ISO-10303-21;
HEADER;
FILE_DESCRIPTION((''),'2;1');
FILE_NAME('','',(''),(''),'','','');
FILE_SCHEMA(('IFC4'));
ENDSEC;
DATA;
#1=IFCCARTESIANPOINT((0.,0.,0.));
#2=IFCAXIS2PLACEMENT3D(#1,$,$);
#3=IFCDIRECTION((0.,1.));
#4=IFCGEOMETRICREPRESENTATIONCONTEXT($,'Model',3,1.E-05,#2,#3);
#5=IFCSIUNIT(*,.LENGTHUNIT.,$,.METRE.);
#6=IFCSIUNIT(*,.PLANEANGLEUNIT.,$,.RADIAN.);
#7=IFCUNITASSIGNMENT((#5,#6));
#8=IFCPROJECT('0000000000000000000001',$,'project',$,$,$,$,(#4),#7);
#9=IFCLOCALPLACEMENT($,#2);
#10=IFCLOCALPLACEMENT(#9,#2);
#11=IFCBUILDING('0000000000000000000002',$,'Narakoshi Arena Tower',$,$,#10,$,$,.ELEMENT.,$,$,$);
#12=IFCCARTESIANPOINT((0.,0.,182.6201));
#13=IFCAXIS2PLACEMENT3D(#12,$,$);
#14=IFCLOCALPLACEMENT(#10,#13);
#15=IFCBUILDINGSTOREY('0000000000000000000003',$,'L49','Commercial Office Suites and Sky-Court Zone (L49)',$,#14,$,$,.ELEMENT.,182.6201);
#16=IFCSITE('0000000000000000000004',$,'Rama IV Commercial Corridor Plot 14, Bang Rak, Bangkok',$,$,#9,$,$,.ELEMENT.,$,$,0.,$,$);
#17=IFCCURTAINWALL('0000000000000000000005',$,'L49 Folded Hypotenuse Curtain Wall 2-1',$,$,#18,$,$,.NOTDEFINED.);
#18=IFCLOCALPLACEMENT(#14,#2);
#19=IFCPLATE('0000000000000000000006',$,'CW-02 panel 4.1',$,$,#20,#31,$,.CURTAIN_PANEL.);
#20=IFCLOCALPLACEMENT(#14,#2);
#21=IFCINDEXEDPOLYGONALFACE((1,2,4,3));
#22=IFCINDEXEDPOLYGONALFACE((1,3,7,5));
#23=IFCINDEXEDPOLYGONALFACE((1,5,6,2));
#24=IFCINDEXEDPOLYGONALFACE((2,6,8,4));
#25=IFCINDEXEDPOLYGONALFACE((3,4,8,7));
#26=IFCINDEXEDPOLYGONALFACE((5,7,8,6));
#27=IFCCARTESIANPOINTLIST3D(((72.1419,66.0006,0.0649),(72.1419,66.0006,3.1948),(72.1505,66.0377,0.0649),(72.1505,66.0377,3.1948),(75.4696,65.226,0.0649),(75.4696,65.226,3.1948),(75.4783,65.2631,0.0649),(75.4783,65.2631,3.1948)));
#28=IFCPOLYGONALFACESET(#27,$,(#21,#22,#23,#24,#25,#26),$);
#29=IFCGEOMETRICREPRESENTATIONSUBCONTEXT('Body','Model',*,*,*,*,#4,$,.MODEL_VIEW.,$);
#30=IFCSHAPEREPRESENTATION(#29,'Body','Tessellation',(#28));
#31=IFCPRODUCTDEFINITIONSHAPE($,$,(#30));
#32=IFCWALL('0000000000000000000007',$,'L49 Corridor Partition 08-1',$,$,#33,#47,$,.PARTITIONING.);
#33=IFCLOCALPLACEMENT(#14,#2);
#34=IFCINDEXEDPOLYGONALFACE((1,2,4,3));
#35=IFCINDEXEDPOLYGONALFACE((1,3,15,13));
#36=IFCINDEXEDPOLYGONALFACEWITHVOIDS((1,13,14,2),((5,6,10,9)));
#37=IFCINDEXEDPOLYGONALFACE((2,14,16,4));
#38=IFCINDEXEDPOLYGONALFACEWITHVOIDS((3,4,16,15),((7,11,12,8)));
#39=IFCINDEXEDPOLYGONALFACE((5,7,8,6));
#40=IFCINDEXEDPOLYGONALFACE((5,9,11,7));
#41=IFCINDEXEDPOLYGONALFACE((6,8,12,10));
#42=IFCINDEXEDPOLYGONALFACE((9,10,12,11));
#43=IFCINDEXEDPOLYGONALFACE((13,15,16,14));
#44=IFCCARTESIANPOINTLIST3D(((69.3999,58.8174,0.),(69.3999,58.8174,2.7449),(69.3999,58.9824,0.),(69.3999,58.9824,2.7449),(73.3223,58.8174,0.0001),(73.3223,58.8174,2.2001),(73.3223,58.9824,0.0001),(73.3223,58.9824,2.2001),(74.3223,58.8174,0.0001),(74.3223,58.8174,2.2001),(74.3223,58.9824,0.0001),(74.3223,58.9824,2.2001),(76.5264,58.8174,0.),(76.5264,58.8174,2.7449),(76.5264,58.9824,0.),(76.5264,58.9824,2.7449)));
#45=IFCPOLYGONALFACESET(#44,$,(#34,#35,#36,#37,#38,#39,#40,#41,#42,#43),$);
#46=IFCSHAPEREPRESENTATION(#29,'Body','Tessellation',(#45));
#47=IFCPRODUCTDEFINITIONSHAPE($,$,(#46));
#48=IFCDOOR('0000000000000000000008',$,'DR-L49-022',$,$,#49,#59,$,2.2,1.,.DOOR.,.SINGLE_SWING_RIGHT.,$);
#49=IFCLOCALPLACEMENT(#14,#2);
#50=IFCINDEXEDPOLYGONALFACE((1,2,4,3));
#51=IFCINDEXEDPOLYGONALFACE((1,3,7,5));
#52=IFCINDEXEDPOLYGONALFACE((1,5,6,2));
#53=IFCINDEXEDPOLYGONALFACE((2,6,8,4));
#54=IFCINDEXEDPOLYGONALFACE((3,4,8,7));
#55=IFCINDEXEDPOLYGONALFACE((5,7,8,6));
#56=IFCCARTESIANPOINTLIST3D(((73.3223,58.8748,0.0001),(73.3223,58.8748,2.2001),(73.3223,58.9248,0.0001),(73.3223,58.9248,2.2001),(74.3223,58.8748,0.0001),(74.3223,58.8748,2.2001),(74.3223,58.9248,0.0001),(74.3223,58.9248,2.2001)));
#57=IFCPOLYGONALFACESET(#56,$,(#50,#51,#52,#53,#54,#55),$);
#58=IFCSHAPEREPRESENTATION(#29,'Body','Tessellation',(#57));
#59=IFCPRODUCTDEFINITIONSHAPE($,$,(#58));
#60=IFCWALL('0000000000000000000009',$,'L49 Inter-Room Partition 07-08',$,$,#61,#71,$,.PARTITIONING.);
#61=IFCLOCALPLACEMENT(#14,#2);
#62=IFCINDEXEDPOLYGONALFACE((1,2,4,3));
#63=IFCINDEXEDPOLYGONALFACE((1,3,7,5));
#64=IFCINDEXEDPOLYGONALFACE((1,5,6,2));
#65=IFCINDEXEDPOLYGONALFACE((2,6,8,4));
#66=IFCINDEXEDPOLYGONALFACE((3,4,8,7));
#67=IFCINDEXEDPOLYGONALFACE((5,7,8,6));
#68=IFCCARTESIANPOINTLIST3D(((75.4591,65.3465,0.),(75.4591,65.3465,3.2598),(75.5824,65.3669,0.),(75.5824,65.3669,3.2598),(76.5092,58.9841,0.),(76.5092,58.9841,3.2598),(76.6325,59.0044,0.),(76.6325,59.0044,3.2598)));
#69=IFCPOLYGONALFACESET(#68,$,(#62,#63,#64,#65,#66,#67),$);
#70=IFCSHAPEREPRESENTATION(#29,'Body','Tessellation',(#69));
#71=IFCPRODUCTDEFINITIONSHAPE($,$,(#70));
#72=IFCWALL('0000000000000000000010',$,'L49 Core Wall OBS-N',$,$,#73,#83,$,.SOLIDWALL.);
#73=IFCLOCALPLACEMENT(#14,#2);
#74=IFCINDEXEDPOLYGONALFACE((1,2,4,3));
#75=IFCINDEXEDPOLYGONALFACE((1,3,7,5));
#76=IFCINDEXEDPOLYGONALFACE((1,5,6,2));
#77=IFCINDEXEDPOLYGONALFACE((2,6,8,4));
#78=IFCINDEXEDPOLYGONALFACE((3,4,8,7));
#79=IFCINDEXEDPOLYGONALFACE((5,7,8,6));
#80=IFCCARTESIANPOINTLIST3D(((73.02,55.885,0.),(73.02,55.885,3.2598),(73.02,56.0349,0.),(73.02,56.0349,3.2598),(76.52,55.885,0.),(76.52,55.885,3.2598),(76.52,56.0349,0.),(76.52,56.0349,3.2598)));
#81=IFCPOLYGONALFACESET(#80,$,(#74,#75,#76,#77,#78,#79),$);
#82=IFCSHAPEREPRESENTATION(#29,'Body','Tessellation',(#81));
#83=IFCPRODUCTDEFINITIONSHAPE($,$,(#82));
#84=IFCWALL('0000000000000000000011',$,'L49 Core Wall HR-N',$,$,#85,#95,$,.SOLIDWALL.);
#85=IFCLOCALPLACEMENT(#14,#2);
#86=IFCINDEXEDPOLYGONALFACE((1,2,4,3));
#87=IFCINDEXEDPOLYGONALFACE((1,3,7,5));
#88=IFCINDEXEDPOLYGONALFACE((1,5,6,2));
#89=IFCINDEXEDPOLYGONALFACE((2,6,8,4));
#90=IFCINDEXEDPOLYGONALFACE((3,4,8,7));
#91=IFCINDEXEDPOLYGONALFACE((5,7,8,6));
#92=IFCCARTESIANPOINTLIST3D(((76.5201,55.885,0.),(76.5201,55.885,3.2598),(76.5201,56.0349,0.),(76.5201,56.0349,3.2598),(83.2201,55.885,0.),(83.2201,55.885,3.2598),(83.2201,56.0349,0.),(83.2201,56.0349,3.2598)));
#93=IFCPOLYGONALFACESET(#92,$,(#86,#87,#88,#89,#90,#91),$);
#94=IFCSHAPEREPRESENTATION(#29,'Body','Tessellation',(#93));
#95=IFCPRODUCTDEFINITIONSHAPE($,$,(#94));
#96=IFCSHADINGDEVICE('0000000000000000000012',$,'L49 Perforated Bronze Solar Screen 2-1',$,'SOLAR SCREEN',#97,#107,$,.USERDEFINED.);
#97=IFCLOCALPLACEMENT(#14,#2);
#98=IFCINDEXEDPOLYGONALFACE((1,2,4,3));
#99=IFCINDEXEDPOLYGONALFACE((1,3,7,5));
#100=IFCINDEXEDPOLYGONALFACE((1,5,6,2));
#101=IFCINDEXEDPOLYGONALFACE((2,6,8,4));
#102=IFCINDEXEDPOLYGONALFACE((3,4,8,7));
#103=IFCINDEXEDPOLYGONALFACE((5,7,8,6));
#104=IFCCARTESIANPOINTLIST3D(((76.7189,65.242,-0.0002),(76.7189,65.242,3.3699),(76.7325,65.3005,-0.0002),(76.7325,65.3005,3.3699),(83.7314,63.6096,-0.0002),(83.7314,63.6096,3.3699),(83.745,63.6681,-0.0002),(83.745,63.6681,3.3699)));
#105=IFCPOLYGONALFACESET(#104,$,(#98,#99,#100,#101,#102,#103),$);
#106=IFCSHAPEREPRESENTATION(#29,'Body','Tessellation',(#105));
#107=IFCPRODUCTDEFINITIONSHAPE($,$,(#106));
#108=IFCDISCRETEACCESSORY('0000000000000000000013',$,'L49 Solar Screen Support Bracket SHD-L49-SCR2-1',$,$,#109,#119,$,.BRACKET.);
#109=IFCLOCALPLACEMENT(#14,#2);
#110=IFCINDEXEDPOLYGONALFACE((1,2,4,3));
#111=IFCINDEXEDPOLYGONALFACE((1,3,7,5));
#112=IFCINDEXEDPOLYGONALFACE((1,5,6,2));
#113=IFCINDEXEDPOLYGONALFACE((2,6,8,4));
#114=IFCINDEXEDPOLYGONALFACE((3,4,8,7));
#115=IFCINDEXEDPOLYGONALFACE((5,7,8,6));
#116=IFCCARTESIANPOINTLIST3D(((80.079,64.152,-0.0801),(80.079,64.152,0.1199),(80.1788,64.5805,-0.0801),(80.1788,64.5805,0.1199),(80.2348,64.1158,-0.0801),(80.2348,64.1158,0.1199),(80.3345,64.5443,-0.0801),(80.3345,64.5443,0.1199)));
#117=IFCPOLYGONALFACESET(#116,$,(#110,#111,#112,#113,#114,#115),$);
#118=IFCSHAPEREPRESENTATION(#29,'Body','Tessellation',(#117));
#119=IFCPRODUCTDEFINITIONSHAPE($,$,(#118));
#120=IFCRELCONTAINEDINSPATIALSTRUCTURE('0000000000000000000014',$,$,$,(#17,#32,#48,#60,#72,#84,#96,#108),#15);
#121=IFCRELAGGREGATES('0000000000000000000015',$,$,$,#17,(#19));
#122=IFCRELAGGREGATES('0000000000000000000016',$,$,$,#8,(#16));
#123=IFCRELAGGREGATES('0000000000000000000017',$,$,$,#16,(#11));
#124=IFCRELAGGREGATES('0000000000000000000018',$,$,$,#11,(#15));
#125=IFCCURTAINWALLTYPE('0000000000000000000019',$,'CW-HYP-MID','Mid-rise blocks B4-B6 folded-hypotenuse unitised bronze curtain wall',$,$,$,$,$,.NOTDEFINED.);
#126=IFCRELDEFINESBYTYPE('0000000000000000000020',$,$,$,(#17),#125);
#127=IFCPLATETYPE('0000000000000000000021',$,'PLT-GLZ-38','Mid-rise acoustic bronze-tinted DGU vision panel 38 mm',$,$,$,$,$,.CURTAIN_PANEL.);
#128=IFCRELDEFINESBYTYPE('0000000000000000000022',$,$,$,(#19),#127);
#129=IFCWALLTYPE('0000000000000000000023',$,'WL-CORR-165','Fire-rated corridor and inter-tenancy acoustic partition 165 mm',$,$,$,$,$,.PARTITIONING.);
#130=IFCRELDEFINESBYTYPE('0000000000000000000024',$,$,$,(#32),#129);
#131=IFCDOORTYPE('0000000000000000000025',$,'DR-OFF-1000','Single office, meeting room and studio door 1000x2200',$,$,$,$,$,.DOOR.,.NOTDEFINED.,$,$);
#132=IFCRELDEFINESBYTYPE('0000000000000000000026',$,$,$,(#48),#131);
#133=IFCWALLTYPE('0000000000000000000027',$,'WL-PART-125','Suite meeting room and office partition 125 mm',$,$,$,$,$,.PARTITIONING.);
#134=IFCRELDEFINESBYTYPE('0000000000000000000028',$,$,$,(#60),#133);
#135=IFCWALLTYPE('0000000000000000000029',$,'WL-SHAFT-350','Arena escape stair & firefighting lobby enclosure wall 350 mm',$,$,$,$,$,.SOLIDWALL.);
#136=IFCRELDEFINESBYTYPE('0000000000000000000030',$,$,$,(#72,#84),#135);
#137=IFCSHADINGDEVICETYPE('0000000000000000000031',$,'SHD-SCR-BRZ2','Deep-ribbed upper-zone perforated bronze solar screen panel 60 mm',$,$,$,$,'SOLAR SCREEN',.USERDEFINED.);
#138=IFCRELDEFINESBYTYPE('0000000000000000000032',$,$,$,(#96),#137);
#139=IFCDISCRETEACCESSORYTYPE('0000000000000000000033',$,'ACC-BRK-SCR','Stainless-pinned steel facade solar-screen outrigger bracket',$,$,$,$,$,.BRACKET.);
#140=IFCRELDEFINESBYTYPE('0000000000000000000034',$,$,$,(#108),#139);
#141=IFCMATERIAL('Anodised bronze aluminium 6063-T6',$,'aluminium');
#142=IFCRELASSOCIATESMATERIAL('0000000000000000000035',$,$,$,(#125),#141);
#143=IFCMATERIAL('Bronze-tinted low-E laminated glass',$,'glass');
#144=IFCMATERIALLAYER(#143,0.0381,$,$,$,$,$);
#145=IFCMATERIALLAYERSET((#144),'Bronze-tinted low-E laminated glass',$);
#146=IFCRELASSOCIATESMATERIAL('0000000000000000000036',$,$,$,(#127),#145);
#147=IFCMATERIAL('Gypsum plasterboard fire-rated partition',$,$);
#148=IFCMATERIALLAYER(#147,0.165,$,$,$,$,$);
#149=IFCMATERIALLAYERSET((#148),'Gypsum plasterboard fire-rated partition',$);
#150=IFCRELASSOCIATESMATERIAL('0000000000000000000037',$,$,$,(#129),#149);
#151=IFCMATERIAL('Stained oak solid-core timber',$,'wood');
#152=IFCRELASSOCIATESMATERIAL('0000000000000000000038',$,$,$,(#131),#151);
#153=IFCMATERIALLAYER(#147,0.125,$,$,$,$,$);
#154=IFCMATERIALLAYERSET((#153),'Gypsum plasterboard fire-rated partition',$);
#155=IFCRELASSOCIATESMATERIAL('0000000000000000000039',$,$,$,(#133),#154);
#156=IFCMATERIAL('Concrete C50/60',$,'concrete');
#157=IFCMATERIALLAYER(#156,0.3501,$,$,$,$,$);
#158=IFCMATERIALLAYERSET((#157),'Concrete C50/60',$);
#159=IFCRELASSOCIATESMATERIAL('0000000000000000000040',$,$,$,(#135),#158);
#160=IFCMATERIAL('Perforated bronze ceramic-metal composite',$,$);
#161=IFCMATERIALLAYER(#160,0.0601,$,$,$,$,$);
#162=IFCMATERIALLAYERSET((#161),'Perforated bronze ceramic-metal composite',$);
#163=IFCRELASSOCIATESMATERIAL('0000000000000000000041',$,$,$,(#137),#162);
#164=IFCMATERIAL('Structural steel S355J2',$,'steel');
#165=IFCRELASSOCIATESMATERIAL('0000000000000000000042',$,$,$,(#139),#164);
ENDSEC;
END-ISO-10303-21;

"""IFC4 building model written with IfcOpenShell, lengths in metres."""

from ifc_helpers import new_model, si_unit, direction, frame, frame_2d, origin, origin_2d, place, context, subcontext, project, spatial, rectangle, extrude, material, layer, layer_set, type_object, element, fill, aggregate, save


model = new_model("IFC4")

# Units and contexts
model_context = context("Model", 3, precision=1e-05, world=origin(), true_north=direction((0.0, 1.0)))
body_context = subcontext(model_context, "Body", "Model", "MODEL_VIEW")
ifc_project = project(units=[si_unit("LENGTHUNIT", "METRE"), si_unit("PLANEANGLEUNIT", "RADIAN")], contexts=[model_context])

# Site, building, storey
site_placement = place(None, origin())
site = spatial("IfcSite", under=ifc_project, at=site_placement, Name="Rama IV Commercial Corridor Plot 14, Bang Rak, Bangkok", CompositionType="ELEMENT", RefElevation=0.0)
building_placement = place(site_placement, origin())
building = spatial("IfcBuilding", under=site, at=building_placement, Name="Narakoshi Arena Tower", CompositionType="ELEMENT")
storey_placement = place(building_placement, frame((0.0, 0.0, 182.6201)))
storey = spatial("IfcBuildingStorey", under=building, at=storey_placement, Name="L49", Description="Commercial Office Suites and Sky-Court Zone (L49)", CompositionType="ELEMENT", Elevation=182.6201)

# Curtain wall, plate
ifc_material_1 = material(Name="Anodised bronze aluminium 6063-T6", Category="aluminium")
curtain_wall_type = type_object("IfcCurtainWallType", Name="CW-HYP-MID", Description="Mid-rise blocks B4-B6 folded-hypotenuse unitised bronze curtain wall", PredefinedType="NOTDEFINED", material=ifc_material_1)
curtain_wall_placement = place(storey_placement, origin())
curtain_wall = element("IfcCurtainWall", 1, at=curtain_wall_placement, inside=storey, type_object=curtain_wall_type, Name="L49 Folded Hypotenuse Curtain Wall 2-1", PredefinedType="NOTDEFINED")
ifc_material_2 = material(Name="Bronze-tinted low-E laminated glass", Category="glass")
ifc_layer_1 = layer(ifc_material_2, 0.0381)
ifc_layer_set_1 = layer_set([ifc_layer_1], Name="Bronze-tinted low-E laminated glass")
plate_type = type_object("IfcPlateType", Name="PLT-GLZ-38", Description="Mid-rise acoustic bronze-tinted DGU vision panel 38 mm", PredefinedType="CURTAIN_PANEL", material=ifc_layer_set_1)
plate_1_placement = place(storey_placement, frame((73.8101, 65.6318, 0.0649), z_axis=(0.0, 0.0, 1.0), x_axis=(-0.97396, 0.226721, 0.0)))
plate_1 = element("IfcPlate", 2, at=plate_1_placement, type_object=plate_type, Name="CW-02 panel 4.1", PredefinedType="CURTAIN_PANEL", context=body_context, shape_type="SweptSolid", body=[
    extrude(rectangle(XDim=3.4167, YDim=0.0381, at=origin_2d()), origin(), (0.0, 0.0, 1.0), 3.1299),
])
aggregate(curtain_wall, [plate_1])

# Wall, opening, door
ifc_material_3 = material(Name="Gypsum plasterboard fire-rated partition")
ifc_layer_2 = layer(ifc_material_3, 0.165)
ifc_layer_set_2 = layer_set([ifc_layer_2], Name="Gypsum plasterboard fire-rated partition")
wall_type_1 = type_object("IfcWallType", Name="WL-CORR-165", Description="Fire-rated corridor and inter-tenancy acoustic partition 165 mm", PredefinedType="PARTITIONING", material=ifc_layer_set_2)
wall_1_placement = place(storey_placement, frame((76.5264, 58.8999, 0.0), z_axis=(0.0, 0.0, 1.0), x_axis=(-1.0, 0.0, 0.0)))
wall_1 = element("IfcWall", 3, at=wall_1_placement, inside=storey, type_object=wall_type_1, Name="L49 Corridor Partition 08-1", PredefinedType="PARTITIONING", context=body_context, shape_type="SweptSolid", body=[
    extrude(rectangle(XDim=7.1265, YDim=0.165, at=frame_2d((3.5632, 0.0))), origin(), (0.0, 0.0, 1.0), 2.7449),
])
opening_placement = place(wall_1_placement, frame((2.2041, 0.0, 0.0)))
opening = element("IfcOpeningElement", 4, at=opening_placement, cuts=wall_1, PredefinedType="OPENING", context=body_context, shape_type="SweptSolid", body=[
    extrude(rectangle(XDim=1.0, YDim=2.2, at=frame_2d((0.5, 1.1001))), frame((0.0, 0.0925, 0.0), z_axis=(0.0, -1.0, 0.0), x_axis=(1.0, 0.0, 0.0)), (0.0, 0.0, 1.0), 0.1851),
])
ifc_material_4 = material(Name="Stained oak solid-core timber", Category="wood")
door_type = type_object("IfcDoorType", Name="DR-OFF-1000", Description="Single office, meeting room and studio door 1000x2200", OperationType="NOTDEFINED", PredefinedType="DOOR", material=ifc_material_4)
door_placement = place(opening_placement, frame((1.0, 0.0, 0.0), z_axis=(0.0, 0.0, 1.0), x_axis=(-1.0, 0.0, 0.0)))
door = element("IfcDoor", 5, at=door_placement, inside=storey, type_object=door_type, Name="DR-L49-022", OperationType="SINGLE_SWING_RIGHT", OverallHeight=2.2, OverallWidth=1.0, PredefinedType="DOOR", context=body_context, shape_type="SweptSolid", body=[
    extrude(rectangle(XDim=1.0, YDim=2.2, at=frame_2d((0.5, 1.1001))), frame((0.0, 0.0249, 0.0), z_axis=(0.0, -1.0, 0.0), x_axis=(1.0, 0.0, 0.0)), (0.0, 0.0, 1.0), 0.05),
])
fill(opening, door)

# Walls
ifc_layer_3 = layer(ifc_material_3, 0.125)
ifc_layer_set_3 = layer_set([ifc_layer_3], Name="Gypsum plasterboard fire-rated partition")
wall_type_2 = type_object("IfcWallType", Name="WL-PART-125", Description="Suite meeting room and office partition 125 mm", PredefinedType="PARTITIONING", material=ifc_layer_set_3)
wall_2_placement = place(storey_placement, frame((76.5708, 58.9944, 0.0), z_axis=(0.0, 0.0, 1.0), x_axis=(-0.162839, 0.986653, 0.0)))
element("IfcWall", 6, at=wall_2_placement, inside=storey, type_object=wall_type_2, Name="L49 Inter-Room Partition 07-08", PredefinedType="PARTITIONING", context=body_context, shape_type="SweptSolid", body=[
    extrude(rectangle(XDim=6.4485, YDim=0.125, at=frame_2d((3.2241, 0.0))), origin(), (0.0, 0.0, 1.0), 3.2598),
])
ifc_material_5 = material(Name="Concrete C50/60", Category="concrete")
ifc_layer_4 = layer(ifc_material_5, 0.3501)
ifc_layer_set_4 = layer_set([ifc_layer_4], Name="Concrete C50/60")
wall_type_3 = type_object("IfcWallType", Name="WL-SHAFT-350", Description="Arena escape stair & firefighting lobby enclosure wall 350 mm", PredefinedType="SOLIDWALL", material=ifc_layer_set_4)
wall_3_placement = place(storey_placement, frame((73.02, 55.96, 0.0), z_axis=(0.0, 0.0, 1.0), x_axis=(1.0, 0.0, 0.0)))
element("IfcWall", 7, at=wall_3_placement, inside=storey, type_object=wall_type_3, Name="L49 Core Wall OBS-N", PredefinedType="SOLIDWALL", context=body_context, shape_type="SweptSolid", body=[
    extrude(rectangle(XDim=3.5, YDim=0.1499, at=frame_2d((1.75, 0.0))), origin(), (0.0, 0.0, 1.0), 3.2598),
])
wall_4_placement = place(storey_placement, frame((76.52, 55.96, 0.0), z_axis=(0.0, 0.0, 1.0), x_axis=(1.0, 0.0, 0.0)))
element("IfcWall", 8, at=wall_4_placement, inside=storey, type_object=wall_type_3, Name="L49 Core Wall HR-N", PredefinedType="SOLIDWALL", context=body_context, shape_type="SweptSolid", body=[
    extrude(rectangle(XDim=6.7, YDim=0.1499, at=frame_2d((3.3501, 0.0))), origin(), (0.0, 0.0, 1.0), 3.2598),
])

# Shading device
ifc_material_6 = material(Name="Perforated bronze ceramic-metal composite")
ifc_layer_5 = layer(ifc_material_6, 0.0601)
ifc_layer_set_5 = layer_set([ifc_layer_5], Name="Perforated bronze ceramic-metal composite")
shading_device_type = type_object("IfcShadingDeviceType", Name="SHD-SCR-BRZ2", Description="Deep-ribbed upper-zone perforated bronze solar screen panel 60 mm", ElementType="SOLAR SCREEN", PredefinedType="USERDEFINED", material=ifc_layer_set_5)
shading_device_placement = place(storey_placement, frame((80.2319, 64.4551, -0.0002), z_axis=(0.0, 0.0, 1.0), x_axis=(-0.97396, 0.226719, 0.0)))
element("IfcShadingDevice", 9, at=shading_device_placement, inside=storey, type_object=shading_device_type, Name="L49 Perforated Bronze Solar Screen 2-1", ObjectType="SOLAR SCREEN", PredefinedType="USERDEFINED", context=body_context, shape_type="SweptSolid", body=[
    extrude(rectangle(XDim=7.2, YDim=0.0601, at=origin_2d()), origin(), (0.0, 0.0, 1.0), 3.3701),
])

# Discrete accessory
ifc_material_7 = material(Name="Structural steel S355J2", Category="steel")
discrete_accessory_type = type_object("IfcDiscreteAccessoryType", Name="ACC-BRK-SCR", Description="Stainless-pinned steel facade solar-screen outrigger bracket", PredefinedType="BRACKET", material=ifc_material_7)
discrete_accessory_placement = place(storey_placement, frame((80.2068, 64.3481, -0.0801), z_axis=(0.0, 0.0, 1.0), x_axis=(-0.97396, 0.226719, 0.0)))
element("IfcDiscreteAccessory", 10, at=discrete_accessory_placement, inside=storey, type_object=discrete_accessory_type, Name="L49 Solar Screen Support Bracket SHD-L49-SCR2-1", PredefinedType="BRACKET", context=body_context, shape_type="SweptSolid", body=[
    extrude(rectangle(XDim=0.1599, YDim=0.4399, at=origin_2d()), origin(), (0.0, 0.0, 1.0), 0.2),
])

save(model, "model.ifc")
